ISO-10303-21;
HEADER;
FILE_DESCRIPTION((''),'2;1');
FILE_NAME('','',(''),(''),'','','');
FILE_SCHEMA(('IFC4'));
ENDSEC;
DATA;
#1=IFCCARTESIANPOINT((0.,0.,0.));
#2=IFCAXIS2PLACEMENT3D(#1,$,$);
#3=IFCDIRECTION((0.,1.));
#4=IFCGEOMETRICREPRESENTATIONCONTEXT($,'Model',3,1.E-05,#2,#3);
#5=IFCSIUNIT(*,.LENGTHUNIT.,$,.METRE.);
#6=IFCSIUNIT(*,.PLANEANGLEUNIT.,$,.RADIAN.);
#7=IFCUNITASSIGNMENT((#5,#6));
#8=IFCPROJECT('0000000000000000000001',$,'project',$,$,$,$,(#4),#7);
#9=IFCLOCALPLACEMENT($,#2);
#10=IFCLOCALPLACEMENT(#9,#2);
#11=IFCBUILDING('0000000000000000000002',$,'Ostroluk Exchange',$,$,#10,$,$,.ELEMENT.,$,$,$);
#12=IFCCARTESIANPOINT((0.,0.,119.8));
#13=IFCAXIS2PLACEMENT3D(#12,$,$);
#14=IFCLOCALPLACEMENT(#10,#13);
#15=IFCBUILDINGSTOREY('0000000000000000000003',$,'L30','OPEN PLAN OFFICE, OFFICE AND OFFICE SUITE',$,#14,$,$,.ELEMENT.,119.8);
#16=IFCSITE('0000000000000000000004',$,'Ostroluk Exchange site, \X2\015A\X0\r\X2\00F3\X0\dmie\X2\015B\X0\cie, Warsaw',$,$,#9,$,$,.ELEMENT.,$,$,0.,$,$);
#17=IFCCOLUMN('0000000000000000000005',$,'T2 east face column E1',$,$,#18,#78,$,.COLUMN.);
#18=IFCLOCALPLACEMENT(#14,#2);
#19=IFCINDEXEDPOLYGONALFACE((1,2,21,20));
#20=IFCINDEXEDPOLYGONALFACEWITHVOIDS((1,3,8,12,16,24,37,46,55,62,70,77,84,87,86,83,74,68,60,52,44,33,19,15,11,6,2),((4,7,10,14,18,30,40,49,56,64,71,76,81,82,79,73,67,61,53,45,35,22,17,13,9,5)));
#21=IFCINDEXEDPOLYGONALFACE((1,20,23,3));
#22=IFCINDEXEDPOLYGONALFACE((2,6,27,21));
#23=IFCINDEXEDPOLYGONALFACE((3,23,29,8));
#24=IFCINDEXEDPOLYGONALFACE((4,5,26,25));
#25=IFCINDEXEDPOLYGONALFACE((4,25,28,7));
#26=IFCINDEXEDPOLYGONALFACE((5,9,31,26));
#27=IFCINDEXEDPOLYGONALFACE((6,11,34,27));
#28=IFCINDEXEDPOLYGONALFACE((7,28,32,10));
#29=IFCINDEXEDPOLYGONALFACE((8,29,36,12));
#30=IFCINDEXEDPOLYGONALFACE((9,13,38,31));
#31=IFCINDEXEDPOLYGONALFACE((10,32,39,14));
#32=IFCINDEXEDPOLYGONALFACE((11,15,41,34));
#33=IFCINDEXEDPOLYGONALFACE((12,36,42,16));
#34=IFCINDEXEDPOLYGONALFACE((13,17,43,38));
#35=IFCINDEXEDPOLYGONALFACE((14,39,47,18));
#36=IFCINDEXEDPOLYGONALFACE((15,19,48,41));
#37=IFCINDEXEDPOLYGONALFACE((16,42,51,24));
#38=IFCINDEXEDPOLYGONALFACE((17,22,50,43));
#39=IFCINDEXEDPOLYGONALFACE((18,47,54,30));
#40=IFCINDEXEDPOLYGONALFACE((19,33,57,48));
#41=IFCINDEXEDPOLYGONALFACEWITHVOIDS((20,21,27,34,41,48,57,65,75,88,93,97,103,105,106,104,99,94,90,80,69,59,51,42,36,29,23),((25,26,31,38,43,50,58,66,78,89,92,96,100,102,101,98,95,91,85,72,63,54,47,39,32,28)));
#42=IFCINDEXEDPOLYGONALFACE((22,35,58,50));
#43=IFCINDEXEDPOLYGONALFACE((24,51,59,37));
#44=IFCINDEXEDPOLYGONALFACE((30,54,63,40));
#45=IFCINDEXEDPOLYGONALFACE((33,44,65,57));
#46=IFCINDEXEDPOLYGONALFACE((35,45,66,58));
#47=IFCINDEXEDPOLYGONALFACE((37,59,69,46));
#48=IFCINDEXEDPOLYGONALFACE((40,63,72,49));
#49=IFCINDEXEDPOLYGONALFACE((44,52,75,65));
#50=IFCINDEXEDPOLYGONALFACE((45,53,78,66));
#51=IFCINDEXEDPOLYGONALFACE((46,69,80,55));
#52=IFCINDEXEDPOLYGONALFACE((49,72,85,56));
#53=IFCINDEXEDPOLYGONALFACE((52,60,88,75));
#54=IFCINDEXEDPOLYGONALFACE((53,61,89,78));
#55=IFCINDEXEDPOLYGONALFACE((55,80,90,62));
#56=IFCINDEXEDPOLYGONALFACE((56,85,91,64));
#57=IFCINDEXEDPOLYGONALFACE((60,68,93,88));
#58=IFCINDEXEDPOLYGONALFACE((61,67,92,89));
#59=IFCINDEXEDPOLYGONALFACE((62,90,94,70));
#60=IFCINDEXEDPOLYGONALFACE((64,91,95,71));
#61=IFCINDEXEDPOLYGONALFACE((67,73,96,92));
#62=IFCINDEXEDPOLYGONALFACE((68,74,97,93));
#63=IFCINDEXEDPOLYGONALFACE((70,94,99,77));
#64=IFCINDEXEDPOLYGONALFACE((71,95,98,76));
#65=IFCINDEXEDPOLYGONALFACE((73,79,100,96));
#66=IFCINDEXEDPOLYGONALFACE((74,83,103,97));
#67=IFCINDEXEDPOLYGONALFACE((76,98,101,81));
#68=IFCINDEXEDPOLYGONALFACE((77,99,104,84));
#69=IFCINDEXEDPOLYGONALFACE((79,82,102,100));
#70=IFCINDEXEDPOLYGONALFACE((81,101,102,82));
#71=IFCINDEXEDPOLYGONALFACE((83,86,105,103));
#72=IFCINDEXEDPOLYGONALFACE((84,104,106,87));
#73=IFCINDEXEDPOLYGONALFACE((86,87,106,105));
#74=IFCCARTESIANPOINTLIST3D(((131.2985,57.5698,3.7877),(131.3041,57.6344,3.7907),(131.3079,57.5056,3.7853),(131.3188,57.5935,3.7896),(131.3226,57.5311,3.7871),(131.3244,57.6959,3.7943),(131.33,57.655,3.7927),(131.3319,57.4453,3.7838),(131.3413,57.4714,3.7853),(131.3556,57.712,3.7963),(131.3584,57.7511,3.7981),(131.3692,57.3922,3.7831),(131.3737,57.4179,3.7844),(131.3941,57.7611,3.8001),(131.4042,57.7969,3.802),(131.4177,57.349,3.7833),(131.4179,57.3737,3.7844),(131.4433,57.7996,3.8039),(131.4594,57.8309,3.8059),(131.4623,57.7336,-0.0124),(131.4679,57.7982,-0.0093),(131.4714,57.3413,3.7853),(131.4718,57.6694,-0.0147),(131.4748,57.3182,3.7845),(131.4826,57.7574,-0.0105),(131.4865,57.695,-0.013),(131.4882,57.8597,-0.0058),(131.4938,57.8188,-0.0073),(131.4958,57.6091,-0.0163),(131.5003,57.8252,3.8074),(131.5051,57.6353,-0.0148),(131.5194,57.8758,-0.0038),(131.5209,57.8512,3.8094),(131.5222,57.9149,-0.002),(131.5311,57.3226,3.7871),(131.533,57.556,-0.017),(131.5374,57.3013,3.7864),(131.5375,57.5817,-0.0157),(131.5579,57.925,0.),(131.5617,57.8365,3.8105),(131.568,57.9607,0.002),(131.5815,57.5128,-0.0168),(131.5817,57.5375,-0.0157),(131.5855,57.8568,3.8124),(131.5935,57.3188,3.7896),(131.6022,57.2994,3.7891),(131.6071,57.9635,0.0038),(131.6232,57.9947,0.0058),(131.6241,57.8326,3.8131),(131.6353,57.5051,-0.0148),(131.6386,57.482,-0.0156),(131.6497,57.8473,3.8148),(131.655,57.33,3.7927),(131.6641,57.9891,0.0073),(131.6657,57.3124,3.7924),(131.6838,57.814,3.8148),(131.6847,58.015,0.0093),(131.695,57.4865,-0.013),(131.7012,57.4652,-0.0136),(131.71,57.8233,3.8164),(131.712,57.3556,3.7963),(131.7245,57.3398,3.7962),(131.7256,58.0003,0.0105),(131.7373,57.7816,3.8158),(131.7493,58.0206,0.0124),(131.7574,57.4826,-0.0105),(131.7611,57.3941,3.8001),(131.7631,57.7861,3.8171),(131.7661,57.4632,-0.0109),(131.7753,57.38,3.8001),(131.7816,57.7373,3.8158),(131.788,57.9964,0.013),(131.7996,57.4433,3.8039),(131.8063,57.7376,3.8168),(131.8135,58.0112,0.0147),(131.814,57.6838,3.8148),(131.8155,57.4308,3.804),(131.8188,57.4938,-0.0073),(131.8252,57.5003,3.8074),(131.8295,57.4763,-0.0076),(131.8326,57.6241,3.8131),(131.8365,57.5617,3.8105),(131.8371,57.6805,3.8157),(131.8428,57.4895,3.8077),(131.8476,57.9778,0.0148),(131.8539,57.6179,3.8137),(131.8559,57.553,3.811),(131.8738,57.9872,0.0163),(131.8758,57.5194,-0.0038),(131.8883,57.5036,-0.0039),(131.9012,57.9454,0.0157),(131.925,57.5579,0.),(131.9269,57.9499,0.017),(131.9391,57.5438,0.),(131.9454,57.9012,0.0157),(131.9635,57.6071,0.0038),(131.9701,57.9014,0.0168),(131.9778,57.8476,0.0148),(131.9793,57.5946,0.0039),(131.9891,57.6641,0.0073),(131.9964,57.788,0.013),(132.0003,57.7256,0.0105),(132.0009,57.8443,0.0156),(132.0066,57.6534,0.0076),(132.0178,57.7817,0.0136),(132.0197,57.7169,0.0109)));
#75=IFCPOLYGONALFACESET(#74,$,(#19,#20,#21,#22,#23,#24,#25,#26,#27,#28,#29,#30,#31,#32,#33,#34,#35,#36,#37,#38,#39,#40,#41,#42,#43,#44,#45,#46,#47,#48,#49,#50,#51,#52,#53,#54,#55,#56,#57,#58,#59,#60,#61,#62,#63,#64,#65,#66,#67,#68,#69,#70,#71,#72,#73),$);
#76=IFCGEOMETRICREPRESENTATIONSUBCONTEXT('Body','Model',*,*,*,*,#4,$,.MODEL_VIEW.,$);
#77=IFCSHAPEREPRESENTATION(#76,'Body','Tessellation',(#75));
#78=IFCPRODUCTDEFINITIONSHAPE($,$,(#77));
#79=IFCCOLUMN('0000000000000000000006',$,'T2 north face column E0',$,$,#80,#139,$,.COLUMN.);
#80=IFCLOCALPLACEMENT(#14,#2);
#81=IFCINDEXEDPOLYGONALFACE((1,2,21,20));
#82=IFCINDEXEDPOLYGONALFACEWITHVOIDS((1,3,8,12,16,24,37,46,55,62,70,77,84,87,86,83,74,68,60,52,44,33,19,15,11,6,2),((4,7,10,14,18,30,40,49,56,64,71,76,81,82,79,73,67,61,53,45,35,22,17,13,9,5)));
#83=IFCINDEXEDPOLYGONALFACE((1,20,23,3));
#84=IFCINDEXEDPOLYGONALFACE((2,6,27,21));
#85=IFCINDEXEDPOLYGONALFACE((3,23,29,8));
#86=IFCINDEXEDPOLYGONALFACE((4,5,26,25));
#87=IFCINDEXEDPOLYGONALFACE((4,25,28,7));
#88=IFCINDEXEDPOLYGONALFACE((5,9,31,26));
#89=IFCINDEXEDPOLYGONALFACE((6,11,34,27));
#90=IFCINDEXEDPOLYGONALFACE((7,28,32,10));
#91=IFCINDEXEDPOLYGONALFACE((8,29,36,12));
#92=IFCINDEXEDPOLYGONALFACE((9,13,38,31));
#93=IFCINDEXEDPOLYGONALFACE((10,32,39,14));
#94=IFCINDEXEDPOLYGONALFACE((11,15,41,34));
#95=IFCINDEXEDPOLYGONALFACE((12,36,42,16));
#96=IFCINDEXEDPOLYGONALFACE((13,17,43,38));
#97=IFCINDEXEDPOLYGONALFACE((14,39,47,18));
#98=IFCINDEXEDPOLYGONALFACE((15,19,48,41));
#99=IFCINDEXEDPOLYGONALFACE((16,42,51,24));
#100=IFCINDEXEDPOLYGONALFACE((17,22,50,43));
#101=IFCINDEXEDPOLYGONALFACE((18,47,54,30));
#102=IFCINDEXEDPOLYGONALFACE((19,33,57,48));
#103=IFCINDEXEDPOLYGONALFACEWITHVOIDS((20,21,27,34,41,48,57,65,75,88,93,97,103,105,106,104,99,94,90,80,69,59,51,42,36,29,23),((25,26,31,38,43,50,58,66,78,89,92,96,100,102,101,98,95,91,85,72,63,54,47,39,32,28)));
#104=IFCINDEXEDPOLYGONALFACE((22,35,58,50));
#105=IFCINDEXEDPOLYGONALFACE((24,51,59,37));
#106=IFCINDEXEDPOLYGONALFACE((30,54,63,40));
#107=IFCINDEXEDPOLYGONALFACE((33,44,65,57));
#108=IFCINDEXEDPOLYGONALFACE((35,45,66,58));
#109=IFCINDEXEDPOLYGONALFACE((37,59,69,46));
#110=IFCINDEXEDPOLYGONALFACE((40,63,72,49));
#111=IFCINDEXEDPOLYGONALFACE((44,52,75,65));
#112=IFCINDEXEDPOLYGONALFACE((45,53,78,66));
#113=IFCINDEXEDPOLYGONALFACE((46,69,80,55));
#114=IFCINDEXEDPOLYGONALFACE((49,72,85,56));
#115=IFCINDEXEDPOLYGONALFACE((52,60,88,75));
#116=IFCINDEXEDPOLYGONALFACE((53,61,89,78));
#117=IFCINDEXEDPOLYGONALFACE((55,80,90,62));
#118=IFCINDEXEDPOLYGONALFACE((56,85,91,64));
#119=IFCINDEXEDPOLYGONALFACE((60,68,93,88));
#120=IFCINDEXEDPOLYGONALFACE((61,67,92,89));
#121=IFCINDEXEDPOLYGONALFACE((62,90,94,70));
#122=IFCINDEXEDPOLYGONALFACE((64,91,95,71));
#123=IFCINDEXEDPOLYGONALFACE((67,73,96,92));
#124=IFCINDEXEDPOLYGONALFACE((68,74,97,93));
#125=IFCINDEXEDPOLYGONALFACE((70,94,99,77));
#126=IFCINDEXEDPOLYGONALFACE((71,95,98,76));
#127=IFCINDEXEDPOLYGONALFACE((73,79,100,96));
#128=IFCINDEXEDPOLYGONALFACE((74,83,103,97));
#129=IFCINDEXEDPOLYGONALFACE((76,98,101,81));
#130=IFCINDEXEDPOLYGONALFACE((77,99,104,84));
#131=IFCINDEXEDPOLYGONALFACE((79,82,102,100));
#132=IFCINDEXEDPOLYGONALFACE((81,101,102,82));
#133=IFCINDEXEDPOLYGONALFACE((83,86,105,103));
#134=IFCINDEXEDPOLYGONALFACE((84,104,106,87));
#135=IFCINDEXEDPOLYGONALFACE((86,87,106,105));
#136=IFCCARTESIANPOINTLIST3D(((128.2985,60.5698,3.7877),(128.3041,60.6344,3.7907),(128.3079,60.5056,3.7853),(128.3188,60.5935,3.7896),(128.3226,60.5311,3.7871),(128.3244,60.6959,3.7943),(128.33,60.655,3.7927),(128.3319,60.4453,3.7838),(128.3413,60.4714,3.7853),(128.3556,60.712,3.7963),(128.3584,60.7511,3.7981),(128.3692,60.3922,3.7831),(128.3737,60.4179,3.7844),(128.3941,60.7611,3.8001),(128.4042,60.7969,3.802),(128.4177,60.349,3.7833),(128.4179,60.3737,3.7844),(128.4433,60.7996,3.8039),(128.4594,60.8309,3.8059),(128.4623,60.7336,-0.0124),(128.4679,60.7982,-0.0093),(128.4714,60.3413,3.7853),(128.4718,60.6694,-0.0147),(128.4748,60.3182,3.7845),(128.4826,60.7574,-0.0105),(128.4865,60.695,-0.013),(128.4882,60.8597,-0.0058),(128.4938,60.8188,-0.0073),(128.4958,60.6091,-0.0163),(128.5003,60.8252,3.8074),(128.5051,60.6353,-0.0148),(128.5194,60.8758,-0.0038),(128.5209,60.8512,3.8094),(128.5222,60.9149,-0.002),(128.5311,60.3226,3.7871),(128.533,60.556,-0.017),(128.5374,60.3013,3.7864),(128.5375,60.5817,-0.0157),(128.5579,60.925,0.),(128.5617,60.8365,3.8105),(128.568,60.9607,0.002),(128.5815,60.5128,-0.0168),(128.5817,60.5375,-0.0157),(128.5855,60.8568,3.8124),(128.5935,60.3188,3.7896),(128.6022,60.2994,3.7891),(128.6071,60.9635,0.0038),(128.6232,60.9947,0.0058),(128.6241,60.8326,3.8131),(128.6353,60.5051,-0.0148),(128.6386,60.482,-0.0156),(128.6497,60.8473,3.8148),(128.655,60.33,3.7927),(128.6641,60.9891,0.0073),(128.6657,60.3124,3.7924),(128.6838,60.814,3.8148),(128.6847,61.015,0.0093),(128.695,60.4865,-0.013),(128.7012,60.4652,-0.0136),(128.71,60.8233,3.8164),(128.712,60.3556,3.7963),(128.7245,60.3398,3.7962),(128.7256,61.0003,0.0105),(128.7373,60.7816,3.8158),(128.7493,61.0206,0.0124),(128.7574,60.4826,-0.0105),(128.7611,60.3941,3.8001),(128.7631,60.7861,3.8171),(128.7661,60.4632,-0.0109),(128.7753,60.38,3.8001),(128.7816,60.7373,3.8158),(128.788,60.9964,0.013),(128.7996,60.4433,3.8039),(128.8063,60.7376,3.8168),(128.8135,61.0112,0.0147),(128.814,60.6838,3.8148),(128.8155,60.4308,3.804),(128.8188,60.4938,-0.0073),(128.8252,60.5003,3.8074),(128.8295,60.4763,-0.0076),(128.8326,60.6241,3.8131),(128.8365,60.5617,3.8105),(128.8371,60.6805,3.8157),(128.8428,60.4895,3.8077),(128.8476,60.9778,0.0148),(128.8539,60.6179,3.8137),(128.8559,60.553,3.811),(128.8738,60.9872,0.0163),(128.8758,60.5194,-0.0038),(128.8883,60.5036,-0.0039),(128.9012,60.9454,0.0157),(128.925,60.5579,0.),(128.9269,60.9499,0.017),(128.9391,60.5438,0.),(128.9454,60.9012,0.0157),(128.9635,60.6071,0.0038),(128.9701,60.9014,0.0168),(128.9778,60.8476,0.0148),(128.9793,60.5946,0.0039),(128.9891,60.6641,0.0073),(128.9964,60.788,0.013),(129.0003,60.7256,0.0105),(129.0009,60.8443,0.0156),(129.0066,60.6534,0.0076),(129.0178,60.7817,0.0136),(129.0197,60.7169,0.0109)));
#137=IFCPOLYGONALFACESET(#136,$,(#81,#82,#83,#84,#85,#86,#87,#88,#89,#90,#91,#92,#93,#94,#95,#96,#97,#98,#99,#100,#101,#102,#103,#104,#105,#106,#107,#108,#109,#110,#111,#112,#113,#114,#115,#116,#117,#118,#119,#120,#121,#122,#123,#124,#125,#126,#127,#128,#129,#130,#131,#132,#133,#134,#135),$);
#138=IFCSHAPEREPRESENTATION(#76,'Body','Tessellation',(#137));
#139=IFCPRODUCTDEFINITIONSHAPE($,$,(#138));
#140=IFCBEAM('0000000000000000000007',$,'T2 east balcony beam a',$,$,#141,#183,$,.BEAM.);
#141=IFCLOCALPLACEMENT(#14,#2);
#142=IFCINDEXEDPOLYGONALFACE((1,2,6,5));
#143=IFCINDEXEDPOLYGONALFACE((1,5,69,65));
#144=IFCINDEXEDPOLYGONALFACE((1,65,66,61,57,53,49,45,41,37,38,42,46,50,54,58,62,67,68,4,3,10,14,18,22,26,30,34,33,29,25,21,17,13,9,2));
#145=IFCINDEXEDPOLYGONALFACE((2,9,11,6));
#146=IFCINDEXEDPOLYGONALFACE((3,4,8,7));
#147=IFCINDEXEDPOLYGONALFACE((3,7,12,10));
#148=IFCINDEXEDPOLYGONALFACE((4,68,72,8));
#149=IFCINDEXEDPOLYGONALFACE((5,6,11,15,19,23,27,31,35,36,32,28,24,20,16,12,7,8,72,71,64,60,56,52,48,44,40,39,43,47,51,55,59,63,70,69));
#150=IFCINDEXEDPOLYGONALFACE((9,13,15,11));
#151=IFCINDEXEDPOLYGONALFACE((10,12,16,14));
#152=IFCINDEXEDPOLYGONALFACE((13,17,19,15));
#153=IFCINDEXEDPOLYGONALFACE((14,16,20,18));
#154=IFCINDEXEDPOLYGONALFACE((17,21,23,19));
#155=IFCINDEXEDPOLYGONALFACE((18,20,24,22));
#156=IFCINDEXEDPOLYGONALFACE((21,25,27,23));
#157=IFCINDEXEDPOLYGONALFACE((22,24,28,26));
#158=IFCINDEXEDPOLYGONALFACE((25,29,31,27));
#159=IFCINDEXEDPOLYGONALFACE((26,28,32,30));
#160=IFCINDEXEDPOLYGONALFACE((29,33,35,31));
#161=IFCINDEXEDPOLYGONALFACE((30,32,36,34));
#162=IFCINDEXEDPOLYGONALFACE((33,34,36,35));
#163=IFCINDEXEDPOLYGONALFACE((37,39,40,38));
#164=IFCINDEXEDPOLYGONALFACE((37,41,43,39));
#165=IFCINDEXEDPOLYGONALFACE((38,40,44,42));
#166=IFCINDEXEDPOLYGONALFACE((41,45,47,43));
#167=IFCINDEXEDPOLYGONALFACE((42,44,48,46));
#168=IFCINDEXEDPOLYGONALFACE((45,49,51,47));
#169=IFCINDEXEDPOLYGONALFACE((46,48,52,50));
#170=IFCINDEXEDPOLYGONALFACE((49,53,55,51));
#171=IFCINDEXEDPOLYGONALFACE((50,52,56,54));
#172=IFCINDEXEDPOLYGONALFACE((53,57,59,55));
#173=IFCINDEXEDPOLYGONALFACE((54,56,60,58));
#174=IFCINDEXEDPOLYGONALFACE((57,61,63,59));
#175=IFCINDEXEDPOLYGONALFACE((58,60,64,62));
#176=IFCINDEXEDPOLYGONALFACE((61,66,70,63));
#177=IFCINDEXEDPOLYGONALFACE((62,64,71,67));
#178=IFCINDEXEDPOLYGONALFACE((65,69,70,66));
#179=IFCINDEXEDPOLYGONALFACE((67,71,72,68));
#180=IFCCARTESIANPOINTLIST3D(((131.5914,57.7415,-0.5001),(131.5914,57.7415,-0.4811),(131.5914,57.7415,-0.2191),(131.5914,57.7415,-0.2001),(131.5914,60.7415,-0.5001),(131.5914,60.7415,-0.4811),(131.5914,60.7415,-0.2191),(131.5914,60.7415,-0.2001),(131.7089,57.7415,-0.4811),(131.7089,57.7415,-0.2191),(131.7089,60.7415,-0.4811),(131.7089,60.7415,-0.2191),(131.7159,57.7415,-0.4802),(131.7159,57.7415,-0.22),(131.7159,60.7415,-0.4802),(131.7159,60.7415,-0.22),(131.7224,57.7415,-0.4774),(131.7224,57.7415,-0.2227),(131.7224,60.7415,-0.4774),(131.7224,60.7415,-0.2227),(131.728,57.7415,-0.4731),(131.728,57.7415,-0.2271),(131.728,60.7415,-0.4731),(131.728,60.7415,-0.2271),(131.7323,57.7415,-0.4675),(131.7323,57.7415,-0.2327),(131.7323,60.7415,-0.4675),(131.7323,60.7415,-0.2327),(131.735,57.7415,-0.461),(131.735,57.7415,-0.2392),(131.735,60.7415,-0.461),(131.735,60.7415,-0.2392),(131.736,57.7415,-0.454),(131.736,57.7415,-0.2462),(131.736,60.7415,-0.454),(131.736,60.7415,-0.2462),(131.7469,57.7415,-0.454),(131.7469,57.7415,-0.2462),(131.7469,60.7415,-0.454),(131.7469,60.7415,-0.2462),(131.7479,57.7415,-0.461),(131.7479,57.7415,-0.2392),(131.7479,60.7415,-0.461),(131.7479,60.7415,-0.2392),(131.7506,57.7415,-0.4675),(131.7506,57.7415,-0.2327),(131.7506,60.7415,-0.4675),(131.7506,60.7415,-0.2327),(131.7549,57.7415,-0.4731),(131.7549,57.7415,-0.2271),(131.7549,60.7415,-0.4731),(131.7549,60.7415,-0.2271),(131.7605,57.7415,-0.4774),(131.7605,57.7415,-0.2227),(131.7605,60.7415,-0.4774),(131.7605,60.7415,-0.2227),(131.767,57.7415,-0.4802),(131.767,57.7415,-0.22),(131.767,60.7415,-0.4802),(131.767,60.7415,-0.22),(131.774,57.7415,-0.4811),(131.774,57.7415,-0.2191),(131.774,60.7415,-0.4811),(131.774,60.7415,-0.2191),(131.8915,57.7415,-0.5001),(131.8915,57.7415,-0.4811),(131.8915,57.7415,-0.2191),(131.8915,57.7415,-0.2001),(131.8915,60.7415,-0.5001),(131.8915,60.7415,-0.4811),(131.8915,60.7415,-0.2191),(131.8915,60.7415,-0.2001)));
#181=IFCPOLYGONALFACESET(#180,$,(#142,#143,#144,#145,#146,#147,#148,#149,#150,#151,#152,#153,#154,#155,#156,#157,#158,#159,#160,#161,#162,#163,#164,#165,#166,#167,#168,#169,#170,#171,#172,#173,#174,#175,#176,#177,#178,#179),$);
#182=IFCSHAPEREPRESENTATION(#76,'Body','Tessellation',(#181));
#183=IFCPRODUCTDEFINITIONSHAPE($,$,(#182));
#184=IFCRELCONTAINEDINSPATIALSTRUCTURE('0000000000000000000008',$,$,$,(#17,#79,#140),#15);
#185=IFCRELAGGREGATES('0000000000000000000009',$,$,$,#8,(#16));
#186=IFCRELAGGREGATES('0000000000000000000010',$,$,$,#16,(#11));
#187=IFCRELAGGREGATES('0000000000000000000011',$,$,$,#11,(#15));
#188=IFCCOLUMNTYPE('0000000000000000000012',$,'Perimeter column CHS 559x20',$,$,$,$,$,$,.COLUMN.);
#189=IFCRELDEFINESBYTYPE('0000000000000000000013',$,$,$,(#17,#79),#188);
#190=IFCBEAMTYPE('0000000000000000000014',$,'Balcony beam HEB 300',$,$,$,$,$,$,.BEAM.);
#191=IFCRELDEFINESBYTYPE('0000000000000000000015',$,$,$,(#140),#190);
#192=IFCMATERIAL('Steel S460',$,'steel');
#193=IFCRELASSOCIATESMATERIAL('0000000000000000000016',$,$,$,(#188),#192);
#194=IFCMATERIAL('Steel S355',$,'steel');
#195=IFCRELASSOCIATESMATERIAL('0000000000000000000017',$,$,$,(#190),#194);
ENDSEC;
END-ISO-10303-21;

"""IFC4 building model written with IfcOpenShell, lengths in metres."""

from ifc_helpers import new_model, si_unit, direction, frame, origin, origin_2d, place, context, subcontext, project, spatial, hollow_circle, i_section, extrude, material, material_profile, profile_set, type_object, element, save


model = new_model("IFC4")

# Units and contexts
model_context = context("Model", 3, precision=1e-05, world=origin(), true_north=direction((0.0, 1.0)))
body_context = subcontext(model_context, "Body", "Model", "MODEL_VIEW")
ifc_project = project(units=[si_unit("LENGTHUNIT", "METRE"), si_unit("PLANEANGLEUNIT", "RADIAN")], contexts=[model_context])

# Site, building, storey
site_placement = place(None, origin())
site = spatial("IfcSite", under=ifc_project, at=site_placement, Name="Ostroluk Exchange site, Śródmieście, Warsaw", CompositionType="ELEMENT", RefElevation=0.0)
building_placement = place(site_placement, origin())
building = spatial("IfcBuilding", under=site, at=building_placement, Name="Ostroluk Exchange", CompositionType="ELEMENT")
storey_placement = place(building_placement, frame((0.0, 0.0, 119.8)))
storey = spatial("IfcBuildingStorey", under=building, at=storey_placement, Name="L30", Description="OPEN PLAN OFFICE, OFFICE AND OFFICE SUITE", CompositionType="ELEMENT", Elevation=119.8)

# Columns
ifc_material_1 = material(Name="Steel S460", Category="steel")
ifc_material_profile_1 = material_profile(ifc_material_1, hollow_circle(Radius=0.2795, WallThickness=0.02, at=origin_2d()), Name="CHS 559x20")
ifc_profile_set_1 = profile_set([ifc_material_profile_1], Name="Steel S460")
column_type = type_object("IfcColumnType", Name="Perimeter column CHS 559x20", PredefinedType="COLUMN", material=ifc_profile_set_1)
for number, where, z_axis, x_axis, name in (
    (1, (131.7415, 57.7415, 0.0), (-0.04303, -0.04303, 0.998147), (0.707107, -0.707107, 0.0), "T2 east face column E1"),
    (2, (128.7415, 60.7415, 0.0), (-0.04303, -0.04303, 0.998147), (0.707107, -0.707107, 0.0), "T2 north face column E0"),
):
    element("IfcColumn", number, at=place(storey_placement, frame(where, z_axis=z_axis, x_axis=x_axis)), inside=storey, type_object=column_type, Name=name, PredefinedType="COLUMN", context=body_context, shape_type="SweptSolid", body=[
        extrude(hollow_circle(Radius=0.2795, WallThickness=0.02, at=origin_2d()), origin(), (0.0, 0.0, 1.0), 3.8071),
    ])

# Beam
ifc_material_2 = material(Name="Steel S355", Category="steel")
ifc_material_profile_2 = material_profile(ifc_material_2, i_section(OverallWidth=0.3, OverallDepth=0.3, WebThickness=0.011, FlangeThickness=0.019, FilletRadius=0.0271, at=origin_2d()), Name="HEB 300")
ifc_profile_set_2 = profile_set([ifc_material_profile_2], Name="Steel S355")
beam_type_1 = type_object("IfcBeamType", Name="Balcony beam HEB 300", PredefinedType="BEAM", material=ifc_profile_set_2)
for number, where, z_axis, x_axis, name in (
    (3, (131.7415, 57.7415, -0.3501), (0.0, 1.0, 0.0), (-1.0, 0.0, 0.0), "T2 east balcony beam a"),
):
    element("IfcBeam", number, at=place(storey_placement, frame(where, z_axis=z_axis, x_axis=x_axis)), inside=storey, type_object=beam_type_1, Name=name, PredefinedType="BEAM", context=body_context, shape_type="SweptSolid", body=[
        extrude(i_section(OverallWidth=0.3, OverallDepth=0.3, WebThickness=0.011, FlangeThickness=0.019, FilletRadius=0.0271, at=origin_2d()), origin(), (0.0, 0.0, 1.0), 3.0),
    ])

save(model, "model.ifc")
